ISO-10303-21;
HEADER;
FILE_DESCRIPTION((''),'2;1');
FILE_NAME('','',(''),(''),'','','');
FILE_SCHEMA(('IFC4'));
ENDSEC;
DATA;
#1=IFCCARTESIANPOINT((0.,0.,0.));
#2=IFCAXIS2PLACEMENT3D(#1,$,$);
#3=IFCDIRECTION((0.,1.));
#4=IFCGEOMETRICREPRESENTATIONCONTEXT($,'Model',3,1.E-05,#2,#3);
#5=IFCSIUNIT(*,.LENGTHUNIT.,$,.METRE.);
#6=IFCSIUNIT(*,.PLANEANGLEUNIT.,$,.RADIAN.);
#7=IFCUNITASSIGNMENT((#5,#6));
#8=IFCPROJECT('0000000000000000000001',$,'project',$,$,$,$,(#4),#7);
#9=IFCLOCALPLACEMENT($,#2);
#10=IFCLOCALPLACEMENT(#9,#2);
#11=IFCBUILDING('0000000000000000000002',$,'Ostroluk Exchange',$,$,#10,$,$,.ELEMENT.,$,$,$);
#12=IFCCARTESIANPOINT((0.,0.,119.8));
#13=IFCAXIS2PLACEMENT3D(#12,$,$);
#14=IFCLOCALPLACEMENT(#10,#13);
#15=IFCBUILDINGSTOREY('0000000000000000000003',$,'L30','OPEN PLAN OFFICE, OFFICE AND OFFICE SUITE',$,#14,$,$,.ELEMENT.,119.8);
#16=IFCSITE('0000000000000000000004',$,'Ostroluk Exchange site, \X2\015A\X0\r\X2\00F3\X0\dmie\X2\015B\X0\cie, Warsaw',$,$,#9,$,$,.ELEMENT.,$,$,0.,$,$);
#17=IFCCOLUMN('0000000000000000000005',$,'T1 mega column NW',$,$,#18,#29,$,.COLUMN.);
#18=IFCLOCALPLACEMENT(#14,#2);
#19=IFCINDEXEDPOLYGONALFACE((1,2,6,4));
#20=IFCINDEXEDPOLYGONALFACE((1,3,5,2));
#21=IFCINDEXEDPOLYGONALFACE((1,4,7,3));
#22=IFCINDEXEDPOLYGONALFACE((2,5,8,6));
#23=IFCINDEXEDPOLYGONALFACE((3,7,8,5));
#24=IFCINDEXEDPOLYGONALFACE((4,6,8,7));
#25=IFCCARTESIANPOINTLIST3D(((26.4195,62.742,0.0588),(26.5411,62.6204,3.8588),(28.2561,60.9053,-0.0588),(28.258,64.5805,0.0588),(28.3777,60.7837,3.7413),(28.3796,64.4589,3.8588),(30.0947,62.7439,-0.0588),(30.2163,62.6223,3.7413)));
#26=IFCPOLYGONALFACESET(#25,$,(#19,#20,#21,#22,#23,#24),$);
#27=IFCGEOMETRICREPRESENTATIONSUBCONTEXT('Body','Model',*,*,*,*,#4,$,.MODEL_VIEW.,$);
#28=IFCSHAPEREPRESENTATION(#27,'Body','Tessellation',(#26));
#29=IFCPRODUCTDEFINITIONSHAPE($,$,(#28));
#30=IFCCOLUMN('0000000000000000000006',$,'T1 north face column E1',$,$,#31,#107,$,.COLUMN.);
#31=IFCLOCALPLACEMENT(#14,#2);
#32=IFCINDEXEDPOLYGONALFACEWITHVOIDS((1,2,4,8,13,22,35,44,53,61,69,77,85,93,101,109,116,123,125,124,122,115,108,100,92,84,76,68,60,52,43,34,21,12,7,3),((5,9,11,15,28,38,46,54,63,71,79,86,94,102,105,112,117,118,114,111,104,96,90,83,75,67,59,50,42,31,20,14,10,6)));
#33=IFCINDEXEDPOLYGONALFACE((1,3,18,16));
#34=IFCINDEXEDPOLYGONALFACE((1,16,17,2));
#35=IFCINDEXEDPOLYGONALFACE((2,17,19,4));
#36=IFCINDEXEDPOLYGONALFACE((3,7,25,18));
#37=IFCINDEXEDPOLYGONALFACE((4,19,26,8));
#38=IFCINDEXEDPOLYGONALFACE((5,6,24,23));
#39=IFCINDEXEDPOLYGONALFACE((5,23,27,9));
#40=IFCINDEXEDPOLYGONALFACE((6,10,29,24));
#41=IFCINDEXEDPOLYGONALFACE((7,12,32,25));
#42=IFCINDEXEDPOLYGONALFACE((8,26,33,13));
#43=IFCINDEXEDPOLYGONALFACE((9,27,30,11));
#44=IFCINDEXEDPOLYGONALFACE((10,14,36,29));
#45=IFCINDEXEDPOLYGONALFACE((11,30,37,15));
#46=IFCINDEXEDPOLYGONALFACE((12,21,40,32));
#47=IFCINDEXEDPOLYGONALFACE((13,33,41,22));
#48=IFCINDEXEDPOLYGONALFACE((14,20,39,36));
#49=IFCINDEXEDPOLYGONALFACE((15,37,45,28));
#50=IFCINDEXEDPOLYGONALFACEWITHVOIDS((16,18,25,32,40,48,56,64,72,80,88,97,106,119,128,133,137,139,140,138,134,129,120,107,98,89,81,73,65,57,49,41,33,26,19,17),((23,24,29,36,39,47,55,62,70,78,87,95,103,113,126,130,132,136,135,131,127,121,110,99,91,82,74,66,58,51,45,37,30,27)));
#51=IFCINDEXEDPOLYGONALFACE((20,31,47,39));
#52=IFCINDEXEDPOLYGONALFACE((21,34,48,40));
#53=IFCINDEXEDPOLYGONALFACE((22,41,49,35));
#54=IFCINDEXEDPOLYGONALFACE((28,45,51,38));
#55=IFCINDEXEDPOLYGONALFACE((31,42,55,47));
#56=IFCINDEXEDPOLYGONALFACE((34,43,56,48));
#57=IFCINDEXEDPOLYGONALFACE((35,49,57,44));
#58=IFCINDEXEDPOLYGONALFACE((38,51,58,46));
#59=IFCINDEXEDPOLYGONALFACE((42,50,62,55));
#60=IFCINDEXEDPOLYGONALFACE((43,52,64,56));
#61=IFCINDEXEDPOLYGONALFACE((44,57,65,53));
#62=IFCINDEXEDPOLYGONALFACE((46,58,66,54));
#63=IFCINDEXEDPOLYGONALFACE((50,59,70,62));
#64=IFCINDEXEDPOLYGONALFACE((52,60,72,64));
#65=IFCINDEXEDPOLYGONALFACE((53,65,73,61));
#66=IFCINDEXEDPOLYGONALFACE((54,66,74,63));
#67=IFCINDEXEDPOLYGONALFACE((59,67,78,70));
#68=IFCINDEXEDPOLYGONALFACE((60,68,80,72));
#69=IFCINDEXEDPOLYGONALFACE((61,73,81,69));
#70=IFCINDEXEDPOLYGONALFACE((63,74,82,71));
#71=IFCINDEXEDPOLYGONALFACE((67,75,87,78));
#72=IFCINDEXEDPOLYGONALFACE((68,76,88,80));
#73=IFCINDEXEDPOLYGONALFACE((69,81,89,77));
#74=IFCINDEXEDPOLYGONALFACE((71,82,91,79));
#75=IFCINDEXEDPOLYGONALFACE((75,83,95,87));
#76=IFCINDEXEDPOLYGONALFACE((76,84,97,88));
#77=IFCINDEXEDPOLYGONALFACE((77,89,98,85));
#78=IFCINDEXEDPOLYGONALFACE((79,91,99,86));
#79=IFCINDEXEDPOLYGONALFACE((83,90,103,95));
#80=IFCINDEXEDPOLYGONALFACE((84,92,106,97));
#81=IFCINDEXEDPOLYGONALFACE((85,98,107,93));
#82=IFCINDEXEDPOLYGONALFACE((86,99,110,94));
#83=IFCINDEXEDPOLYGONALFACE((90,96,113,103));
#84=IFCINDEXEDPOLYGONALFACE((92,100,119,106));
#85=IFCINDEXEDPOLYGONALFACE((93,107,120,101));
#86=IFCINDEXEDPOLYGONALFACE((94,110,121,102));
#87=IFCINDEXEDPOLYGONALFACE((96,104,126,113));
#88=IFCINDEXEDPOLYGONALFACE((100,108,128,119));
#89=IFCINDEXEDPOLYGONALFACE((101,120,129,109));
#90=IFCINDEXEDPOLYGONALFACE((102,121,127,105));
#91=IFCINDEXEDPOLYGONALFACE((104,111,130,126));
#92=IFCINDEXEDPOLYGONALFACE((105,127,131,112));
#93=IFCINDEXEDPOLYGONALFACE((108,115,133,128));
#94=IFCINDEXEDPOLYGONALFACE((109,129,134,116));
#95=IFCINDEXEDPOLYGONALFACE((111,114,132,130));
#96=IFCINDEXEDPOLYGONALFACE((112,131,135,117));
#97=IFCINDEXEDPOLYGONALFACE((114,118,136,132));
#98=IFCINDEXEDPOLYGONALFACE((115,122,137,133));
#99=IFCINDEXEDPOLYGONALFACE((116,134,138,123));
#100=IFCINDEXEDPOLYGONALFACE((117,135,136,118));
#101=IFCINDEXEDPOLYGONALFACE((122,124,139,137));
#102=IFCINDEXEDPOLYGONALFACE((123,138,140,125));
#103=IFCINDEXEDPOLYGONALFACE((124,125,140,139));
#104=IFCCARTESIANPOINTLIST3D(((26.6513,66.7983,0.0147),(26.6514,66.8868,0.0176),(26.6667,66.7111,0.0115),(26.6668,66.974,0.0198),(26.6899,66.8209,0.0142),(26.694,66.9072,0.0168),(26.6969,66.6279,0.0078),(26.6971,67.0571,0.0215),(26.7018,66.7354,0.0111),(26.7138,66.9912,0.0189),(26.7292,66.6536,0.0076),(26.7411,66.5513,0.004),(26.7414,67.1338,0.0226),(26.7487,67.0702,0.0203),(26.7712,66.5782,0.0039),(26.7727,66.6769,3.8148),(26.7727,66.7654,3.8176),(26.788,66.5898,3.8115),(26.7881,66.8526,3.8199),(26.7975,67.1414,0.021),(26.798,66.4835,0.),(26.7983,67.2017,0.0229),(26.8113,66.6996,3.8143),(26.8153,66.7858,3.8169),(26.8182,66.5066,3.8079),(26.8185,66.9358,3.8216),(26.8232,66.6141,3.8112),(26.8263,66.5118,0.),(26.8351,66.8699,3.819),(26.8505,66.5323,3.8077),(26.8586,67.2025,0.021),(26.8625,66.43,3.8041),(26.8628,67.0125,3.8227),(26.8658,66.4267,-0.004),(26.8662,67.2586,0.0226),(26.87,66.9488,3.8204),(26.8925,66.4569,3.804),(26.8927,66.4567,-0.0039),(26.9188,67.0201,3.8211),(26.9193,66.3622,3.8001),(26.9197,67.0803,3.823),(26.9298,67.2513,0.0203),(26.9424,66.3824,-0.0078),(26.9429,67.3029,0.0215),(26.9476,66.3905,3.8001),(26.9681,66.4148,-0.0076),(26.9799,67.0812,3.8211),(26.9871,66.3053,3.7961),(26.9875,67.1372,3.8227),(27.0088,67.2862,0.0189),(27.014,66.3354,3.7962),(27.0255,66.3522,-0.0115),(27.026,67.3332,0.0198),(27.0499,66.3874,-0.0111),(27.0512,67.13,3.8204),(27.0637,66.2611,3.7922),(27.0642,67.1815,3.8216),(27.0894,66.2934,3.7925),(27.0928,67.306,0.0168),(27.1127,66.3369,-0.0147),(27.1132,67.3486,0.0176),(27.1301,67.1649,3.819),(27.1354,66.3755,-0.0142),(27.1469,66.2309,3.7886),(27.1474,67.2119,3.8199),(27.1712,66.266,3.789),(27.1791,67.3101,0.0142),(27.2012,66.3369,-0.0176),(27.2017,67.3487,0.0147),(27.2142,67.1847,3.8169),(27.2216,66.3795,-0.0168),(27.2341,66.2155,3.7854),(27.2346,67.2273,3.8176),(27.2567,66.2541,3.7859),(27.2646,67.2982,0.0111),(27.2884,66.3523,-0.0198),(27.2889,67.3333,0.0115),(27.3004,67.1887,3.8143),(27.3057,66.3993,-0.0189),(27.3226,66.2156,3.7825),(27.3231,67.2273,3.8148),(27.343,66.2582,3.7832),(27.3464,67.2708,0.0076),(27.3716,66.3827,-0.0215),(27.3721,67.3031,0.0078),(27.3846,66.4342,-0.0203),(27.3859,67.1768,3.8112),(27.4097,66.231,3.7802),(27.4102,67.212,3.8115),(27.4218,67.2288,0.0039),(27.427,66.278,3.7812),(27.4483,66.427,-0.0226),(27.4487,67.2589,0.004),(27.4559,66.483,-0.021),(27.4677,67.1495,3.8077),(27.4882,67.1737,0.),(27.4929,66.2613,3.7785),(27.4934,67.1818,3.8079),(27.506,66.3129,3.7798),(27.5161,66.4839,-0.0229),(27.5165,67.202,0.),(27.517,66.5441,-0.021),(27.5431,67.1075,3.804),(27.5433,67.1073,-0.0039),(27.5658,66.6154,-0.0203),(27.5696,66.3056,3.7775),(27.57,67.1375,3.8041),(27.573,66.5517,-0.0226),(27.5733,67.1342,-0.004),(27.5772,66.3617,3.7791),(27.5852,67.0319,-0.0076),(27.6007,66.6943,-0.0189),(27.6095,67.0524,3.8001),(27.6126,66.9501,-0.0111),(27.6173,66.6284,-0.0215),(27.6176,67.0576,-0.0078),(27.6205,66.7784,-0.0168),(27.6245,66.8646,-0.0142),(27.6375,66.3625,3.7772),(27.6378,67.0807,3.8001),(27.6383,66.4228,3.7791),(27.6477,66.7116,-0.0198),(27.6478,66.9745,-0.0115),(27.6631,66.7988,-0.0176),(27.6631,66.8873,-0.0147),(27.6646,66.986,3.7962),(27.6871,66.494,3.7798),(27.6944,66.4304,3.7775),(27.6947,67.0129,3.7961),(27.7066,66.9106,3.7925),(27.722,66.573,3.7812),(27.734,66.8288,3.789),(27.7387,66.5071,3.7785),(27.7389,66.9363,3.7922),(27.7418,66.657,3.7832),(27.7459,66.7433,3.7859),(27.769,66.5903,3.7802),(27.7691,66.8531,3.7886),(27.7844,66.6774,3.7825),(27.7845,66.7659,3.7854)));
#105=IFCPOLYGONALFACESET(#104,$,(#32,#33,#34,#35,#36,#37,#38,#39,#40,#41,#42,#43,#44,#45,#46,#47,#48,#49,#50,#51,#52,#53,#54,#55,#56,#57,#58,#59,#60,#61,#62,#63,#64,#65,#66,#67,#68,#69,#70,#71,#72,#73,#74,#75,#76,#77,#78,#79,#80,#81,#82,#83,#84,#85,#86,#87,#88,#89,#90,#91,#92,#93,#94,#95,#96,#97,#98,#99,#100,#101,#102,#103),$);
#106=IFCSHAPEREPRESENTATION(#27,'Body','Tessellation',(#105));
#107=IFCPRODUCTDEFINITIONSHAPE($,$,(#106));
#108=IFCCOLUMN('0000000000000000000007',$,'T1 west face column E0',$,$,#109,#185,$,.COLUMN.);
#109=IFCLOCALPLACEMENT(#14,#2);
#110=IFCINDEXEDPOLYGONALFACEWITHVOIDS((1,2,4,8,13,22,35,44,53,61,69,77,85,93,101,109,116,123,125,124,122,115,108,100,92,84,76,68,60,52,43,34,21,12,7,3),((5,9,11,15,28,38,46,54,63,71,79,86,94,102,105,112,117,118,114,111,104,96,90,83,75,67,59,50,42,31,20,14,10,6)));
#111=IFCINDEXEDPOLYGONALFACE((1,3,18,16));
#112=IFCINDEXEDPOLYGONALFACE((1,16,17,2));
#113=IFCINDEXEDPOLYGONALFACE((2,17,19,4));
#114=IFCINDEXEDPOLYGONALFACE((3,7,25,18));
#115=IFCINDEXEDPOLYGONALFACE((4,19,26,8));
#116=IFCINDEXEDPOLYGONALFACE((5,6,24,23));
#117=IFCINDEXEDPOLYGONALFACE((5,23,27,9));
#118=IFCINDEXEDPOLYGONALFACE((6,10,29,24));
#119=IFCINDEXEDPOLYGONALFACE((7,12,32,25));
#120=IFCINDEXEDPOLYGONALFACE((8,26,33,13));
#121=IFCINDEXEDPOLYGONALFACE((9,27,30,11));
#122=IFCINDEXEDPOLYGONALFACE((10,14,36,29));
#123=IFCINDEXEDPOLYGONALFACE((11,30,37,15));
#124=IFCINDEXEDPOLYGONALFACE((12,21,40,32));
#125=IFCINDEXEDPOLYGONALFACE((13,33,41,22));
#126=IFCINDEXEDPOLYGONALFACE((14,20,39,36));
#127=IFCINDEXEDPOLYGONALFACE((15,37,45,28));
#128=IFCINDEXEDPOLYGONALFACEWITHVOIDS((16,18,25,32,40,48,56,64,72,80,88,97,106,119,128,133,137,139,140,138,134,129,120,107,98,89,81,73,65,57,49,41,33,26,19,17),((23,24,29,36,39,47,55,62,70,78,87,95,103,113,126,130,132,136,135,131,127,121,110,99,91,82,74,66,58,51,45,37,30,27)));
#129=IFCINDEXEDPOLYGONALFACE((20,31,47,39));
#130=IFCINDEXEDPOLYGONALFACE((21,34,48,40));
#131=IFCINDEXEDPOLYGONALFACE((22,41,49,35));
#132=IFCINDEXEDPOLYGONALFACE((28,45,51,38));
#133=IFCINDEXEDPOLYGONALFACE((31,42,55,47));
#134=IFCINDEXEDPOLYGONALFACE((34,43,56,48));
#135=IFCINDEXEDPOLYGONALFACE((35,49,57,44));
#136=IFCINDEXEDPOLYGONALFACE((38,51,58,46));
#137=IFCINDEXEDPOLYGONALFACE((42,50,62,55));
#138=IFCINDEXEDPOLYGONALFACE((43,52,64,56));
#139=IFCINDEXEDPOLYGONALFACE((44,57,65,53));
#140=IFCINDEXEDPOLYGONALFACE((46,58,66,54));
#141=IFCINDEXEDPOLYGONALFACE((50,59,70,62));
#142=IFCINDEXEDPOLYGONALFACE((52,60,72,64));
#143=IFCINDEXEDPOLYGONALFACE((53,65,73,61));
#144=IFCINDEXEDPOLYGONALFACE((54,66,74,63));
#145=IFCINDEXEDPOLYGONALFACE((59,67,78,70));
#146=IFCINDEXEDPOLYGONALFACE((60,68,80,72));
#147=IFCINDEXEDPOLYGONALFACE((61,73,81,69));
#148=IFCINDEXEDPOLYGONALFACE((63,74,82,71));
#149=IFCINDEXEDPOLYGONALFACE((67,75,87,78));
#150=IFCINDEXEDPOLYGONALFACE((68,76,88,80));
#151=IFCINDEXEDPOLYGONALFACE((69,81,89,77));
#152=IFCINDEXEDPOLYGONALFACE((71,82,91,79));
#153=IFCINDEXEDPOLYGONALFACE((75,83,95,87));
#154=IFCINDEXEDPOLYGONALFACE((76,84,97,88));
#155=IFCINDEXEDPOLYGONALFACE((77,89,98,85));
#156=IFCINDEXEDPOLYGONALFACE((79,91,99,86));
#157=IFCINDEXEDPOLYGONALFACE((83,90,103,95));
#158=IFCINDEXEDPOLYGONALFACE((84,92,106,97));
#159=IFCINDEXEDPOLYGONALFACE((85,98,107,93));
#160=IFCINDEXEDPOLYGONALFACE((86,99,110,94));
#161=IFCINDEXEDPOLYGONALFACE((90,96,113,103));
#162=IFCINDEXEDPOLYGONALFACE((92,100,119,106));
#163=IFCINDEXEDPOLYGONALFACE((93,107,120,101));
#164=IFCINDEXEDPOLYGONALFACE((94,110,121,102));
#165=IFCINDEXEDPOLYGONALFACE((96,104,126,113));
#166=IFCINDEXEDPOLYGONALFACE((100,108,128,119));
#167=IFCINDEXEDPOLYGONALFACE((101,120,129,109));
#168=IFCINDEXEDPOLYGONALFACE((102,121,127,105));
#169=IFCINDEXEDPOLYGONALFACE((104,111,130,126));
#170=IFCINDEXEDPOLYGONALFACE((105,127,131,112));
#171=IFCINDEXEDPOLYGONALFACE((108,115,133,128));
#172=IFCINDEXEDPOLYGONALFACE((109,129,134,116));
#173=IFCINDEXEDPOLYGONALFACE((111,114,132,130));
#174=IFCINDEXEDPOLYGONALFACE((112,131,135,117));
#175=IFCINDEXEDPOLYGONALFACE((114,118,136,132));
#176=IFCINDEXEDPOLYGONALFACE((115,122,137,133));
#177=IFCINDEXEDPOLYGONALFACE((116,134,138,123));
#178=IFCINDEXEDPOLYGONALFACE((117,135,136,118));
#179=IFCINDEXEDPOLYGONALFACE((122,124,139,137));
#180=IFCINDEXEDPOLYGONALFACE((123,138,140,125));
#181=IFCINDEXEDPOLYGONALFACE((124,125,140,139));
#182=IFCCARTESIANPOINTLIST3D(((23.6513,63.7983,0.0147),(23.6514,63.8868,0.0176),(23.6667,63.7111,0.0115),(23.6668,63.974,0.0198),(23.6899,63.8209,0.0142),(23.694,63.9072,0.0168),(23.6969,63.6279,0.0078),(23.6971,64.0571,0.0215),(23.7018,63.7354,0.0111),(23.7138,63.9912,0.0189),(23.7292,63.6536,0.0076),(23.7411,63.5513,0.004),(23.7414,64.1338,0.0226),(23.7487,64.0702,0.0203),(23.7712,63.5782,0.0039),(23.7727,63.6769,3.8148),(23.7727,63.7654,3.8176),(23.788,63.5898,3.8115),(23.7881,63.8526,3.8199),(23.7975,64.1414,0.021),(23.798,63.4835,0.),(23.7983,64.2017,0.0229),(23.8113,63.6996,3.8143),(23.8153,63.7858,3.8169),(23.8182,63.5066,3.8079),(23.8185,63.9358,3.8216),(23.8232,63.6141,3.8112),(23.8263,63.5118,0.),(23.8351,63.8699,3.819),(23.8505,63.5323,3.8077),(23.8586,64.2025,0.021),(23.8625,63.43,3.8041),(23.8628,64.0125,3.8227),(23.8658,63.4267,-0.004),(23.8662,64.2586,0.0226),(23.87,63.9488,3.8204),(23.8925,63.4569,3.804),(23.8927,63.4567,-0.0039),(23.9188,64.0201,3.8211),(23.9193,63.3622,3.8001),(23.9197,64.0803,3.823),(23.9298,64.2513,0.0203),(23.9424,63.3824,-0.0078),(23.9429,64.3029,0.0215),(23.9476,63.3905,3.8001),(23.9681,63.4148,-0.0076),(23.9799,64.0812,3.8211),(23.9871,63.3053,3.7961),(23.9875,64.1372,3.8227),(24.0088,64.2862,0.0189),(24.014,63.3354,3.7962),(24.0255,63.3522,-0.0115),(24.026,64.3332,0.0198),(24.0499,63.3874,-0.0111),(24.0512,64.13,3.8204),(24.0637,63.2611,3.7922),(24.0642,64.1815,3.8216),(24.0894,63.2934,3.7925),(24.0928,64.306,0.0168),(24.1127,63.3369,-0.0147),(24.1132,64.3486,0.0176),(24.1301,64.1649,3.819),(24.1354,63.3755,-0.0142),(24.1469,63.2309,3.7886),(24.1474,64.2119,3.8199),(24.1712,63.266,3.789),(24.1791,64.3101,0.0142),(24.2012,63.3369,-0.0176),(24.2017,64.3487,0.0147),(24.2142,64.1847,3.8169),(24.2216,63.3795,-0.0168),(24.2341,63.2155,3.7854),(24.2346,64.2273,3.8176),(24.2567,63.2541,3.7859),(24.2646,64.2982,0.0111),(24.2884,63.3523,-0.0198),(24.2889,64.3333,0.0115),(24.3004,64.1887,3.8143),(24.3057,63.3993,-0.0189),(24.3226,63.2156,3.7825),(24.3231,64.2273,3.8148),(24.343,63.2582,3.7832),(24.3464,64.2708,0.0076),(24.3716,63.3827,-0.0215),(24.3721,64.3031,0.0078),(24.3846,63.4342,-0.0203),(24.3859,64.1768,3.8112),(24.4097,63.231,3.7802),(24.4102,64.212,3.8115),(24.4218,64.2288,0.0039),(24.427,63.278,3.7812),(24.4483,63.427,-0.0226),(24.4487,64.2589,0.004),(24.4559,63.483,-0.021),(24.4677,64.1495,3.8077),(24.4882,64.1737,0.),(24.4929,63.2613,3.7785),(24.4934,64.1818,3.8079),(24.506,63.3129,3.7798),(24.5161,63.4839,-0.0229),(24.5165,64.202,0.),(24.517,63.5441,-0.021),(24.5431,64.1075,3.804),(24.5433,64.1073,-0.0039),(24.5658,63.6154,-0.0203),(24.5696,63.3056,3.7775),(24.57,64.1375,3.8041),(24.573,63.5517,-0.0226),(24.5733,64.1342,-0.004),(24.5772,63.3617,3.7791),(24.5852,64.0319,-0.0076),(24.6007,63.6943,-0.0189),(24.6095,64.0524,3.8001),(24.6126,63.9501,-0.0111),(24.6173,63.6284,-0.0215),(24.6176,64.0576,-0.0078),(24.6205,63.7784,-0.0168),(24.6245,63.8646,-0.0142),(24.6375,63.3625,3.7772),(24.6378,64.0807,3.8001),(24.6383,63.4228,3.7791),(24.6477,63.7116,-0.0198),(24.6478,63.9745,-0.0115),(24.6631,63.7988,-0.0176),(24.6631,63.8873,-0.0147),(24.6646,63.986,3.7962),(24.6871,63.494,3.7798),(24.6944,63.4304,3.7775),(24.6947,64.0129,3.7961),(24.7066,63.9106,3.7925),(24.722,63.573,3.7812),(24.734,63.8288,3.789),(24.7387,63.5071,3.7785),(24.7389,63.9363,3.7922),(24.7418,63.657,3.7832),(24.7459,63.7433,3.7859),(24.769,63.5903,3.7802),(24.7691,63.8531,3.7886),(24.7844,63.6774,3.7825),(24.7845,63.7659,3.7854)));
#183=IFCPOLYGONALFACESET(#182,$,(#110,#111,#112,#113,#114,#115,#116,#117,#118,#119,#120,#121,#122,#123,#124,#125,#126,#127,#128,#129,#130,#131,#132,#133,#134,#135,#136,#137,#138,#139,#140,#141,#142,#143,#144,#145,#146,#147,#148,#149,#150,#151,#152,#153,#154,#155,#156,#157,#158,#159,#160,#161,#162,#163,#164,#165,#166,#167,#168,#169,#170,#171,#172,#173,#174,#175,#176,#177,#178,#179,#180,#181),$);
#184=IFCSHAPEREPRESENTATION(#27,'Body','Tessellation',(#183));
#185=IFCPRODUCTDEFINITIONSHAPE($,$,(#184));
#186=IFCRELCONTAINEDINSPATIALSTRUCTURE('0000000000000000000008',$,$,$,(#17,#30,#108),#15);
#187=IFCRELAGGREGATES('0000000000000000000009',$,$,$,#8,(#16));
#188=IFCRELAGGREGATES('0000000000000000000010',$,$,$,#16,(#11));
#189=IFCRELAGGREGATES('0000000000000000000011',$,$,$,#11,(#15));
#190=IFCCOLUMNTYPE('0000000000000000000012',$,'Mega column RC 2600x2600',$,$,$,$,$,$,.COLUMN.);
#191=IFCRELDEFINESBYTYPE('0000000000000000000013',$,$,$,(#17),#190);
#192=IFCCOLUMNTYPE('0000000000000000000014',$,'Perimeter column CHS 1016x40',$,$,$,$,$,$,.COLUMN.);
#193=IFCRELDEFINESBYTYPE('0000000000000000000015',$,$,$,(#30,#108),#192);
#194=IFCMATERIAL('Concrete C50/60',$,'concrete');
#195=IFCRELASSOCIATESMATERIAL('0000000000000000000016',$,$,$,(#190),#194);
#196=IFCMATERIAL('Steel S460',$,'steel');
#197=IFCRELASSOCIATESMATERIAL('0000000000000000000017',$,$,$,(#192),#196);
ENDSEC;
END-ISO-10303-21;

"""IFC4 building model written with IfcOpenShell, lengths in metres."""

from ifc_helpers import new_model, si_unit, direction, frame, origin, origin_2d, place, context, subcontext, project, spatial, rectangle, hollow_circle, extrude, material, material_profile, profile_set, type_object, element, save


model = new_model("IFC4")

# Units and contexts
model_context = context("Model", 3, precision=1e-05, world=origin(), true_north=direction((0.0, 1.0)))
body_context = subcontext(model_context, "Body", "Model", "MODEL_VIEW")
ifc_project = project(units=[si_unit("LENGTHUNIT", "METRE"), si_unit("PLANEANGLEUNIT", "RADIAN")], contexts=[model_context])

# Site, building, storey
site_placement = place(None, origin())
site = spatial("IfcSite", under=ifc_project, at=site_placement, Name="Ostroluk Exchange site, Śródmieście, Warsaw", CompositionType="ELEMENT", RefElevation=0.0)
building_placement = place(site_placement, origin())
building = spatial("IfcBuilding", under=site, at=building_placement, Name="Ostroluk Exchange", CompositionType="ELEMENT")
storey_placement = place(building_placement, frame((0.0, 0.0, 119.8)))
storey = spatial("IfcBuildingStorey", under=building, at=storey_placement, Name="L30", Description="OPEN PLAN OFFICE, OFFICE AND OFFICE SUITE", CompositionType="ELEMENT", Elevation=119.8)

# Columns
ifc_material_1 = material(Name="Concrete C50/60", Category="concrete")
ifc_material_profile_1 = material_profile(ifc_material_1, rectangle(XDim=2.6001, YDim=2.6001, at=origin_2d()), Name="RC 2600x2600")
ifc_profile_set_1 = profile_set([ifc_material_profile_1], Name="Concrete C50/60")
column_type_1 = type_object("IfcColumnType", Name="Mega column RC 2600x2600", PredefinedType="COLUMN", material=ifc_profile_set_1)
column_placement = place(storey_placement, frame((28.2571, 62.7429, 0.0), z_axis=(0.031962, -0.031962, 0.998978), x_axis=(0.707107, 0.707107, 0.0)))
element("IfcColumn", 1, at=column_placement, inside=storey, type_object=column_type_1, Name="T1 mega column NW", PredefinedType="COLUMN", context=body_context, shape_type="SweptSolid", body=[
    extrude(rectangle(XDim=2.6001, YDim=2.6001, at=origin_2d()), origin(), (0.0, 0.0, 1.0), 3.804),
])
ifc_material_2 = material(Name="Steel S460", Category="steel")
ifc_material_profile_2 = material_profile(ifc_material_2, hollow_circle(Radius=0.5081, WallThickness=0.04, at=origin_2d()), Name="CHS 1016x40")
ifc_profile_set_2 = profile_set([ifc_material_profile_2], Name="Steel S460")
column_type_2 = type_object("IfcColumnType", Name="Perimeter column CHS 1016x40", PredefinedType="COLUMN", material=ifc_profile_set_2)
for number, where, z_axis, x_axis, name in (
    (2, (27.1572, 66.8428, 0.0), (0.031898, -0.031898, 0.998982), (0.707107, 0.707107, 0.0), "T1 north face column E1"),
    (3, (24.1572, 63.8428, 0.0), (0.031898, -0.031898, 0.998982), (0.707107, 0.707107, 0.0), "T1 west face column E0"),
):
    element("IfcColumn", number, at=place(storey_placement, frame(where, z_axis=z_axis, x_axis=x_axis)), inside=storey, type_object=column_type_2, Name=name, PredefinedType="COLUMN", context=body_context, shape_type="SweptSolid", body=[
        extrude(hollow_circle(Radius=0.5081, WallThickness=0.04, at=origin_2d()), origin(), (0.0, 0.0, 1.0), 3.804),
    ])

save(model, "model.ifc")
